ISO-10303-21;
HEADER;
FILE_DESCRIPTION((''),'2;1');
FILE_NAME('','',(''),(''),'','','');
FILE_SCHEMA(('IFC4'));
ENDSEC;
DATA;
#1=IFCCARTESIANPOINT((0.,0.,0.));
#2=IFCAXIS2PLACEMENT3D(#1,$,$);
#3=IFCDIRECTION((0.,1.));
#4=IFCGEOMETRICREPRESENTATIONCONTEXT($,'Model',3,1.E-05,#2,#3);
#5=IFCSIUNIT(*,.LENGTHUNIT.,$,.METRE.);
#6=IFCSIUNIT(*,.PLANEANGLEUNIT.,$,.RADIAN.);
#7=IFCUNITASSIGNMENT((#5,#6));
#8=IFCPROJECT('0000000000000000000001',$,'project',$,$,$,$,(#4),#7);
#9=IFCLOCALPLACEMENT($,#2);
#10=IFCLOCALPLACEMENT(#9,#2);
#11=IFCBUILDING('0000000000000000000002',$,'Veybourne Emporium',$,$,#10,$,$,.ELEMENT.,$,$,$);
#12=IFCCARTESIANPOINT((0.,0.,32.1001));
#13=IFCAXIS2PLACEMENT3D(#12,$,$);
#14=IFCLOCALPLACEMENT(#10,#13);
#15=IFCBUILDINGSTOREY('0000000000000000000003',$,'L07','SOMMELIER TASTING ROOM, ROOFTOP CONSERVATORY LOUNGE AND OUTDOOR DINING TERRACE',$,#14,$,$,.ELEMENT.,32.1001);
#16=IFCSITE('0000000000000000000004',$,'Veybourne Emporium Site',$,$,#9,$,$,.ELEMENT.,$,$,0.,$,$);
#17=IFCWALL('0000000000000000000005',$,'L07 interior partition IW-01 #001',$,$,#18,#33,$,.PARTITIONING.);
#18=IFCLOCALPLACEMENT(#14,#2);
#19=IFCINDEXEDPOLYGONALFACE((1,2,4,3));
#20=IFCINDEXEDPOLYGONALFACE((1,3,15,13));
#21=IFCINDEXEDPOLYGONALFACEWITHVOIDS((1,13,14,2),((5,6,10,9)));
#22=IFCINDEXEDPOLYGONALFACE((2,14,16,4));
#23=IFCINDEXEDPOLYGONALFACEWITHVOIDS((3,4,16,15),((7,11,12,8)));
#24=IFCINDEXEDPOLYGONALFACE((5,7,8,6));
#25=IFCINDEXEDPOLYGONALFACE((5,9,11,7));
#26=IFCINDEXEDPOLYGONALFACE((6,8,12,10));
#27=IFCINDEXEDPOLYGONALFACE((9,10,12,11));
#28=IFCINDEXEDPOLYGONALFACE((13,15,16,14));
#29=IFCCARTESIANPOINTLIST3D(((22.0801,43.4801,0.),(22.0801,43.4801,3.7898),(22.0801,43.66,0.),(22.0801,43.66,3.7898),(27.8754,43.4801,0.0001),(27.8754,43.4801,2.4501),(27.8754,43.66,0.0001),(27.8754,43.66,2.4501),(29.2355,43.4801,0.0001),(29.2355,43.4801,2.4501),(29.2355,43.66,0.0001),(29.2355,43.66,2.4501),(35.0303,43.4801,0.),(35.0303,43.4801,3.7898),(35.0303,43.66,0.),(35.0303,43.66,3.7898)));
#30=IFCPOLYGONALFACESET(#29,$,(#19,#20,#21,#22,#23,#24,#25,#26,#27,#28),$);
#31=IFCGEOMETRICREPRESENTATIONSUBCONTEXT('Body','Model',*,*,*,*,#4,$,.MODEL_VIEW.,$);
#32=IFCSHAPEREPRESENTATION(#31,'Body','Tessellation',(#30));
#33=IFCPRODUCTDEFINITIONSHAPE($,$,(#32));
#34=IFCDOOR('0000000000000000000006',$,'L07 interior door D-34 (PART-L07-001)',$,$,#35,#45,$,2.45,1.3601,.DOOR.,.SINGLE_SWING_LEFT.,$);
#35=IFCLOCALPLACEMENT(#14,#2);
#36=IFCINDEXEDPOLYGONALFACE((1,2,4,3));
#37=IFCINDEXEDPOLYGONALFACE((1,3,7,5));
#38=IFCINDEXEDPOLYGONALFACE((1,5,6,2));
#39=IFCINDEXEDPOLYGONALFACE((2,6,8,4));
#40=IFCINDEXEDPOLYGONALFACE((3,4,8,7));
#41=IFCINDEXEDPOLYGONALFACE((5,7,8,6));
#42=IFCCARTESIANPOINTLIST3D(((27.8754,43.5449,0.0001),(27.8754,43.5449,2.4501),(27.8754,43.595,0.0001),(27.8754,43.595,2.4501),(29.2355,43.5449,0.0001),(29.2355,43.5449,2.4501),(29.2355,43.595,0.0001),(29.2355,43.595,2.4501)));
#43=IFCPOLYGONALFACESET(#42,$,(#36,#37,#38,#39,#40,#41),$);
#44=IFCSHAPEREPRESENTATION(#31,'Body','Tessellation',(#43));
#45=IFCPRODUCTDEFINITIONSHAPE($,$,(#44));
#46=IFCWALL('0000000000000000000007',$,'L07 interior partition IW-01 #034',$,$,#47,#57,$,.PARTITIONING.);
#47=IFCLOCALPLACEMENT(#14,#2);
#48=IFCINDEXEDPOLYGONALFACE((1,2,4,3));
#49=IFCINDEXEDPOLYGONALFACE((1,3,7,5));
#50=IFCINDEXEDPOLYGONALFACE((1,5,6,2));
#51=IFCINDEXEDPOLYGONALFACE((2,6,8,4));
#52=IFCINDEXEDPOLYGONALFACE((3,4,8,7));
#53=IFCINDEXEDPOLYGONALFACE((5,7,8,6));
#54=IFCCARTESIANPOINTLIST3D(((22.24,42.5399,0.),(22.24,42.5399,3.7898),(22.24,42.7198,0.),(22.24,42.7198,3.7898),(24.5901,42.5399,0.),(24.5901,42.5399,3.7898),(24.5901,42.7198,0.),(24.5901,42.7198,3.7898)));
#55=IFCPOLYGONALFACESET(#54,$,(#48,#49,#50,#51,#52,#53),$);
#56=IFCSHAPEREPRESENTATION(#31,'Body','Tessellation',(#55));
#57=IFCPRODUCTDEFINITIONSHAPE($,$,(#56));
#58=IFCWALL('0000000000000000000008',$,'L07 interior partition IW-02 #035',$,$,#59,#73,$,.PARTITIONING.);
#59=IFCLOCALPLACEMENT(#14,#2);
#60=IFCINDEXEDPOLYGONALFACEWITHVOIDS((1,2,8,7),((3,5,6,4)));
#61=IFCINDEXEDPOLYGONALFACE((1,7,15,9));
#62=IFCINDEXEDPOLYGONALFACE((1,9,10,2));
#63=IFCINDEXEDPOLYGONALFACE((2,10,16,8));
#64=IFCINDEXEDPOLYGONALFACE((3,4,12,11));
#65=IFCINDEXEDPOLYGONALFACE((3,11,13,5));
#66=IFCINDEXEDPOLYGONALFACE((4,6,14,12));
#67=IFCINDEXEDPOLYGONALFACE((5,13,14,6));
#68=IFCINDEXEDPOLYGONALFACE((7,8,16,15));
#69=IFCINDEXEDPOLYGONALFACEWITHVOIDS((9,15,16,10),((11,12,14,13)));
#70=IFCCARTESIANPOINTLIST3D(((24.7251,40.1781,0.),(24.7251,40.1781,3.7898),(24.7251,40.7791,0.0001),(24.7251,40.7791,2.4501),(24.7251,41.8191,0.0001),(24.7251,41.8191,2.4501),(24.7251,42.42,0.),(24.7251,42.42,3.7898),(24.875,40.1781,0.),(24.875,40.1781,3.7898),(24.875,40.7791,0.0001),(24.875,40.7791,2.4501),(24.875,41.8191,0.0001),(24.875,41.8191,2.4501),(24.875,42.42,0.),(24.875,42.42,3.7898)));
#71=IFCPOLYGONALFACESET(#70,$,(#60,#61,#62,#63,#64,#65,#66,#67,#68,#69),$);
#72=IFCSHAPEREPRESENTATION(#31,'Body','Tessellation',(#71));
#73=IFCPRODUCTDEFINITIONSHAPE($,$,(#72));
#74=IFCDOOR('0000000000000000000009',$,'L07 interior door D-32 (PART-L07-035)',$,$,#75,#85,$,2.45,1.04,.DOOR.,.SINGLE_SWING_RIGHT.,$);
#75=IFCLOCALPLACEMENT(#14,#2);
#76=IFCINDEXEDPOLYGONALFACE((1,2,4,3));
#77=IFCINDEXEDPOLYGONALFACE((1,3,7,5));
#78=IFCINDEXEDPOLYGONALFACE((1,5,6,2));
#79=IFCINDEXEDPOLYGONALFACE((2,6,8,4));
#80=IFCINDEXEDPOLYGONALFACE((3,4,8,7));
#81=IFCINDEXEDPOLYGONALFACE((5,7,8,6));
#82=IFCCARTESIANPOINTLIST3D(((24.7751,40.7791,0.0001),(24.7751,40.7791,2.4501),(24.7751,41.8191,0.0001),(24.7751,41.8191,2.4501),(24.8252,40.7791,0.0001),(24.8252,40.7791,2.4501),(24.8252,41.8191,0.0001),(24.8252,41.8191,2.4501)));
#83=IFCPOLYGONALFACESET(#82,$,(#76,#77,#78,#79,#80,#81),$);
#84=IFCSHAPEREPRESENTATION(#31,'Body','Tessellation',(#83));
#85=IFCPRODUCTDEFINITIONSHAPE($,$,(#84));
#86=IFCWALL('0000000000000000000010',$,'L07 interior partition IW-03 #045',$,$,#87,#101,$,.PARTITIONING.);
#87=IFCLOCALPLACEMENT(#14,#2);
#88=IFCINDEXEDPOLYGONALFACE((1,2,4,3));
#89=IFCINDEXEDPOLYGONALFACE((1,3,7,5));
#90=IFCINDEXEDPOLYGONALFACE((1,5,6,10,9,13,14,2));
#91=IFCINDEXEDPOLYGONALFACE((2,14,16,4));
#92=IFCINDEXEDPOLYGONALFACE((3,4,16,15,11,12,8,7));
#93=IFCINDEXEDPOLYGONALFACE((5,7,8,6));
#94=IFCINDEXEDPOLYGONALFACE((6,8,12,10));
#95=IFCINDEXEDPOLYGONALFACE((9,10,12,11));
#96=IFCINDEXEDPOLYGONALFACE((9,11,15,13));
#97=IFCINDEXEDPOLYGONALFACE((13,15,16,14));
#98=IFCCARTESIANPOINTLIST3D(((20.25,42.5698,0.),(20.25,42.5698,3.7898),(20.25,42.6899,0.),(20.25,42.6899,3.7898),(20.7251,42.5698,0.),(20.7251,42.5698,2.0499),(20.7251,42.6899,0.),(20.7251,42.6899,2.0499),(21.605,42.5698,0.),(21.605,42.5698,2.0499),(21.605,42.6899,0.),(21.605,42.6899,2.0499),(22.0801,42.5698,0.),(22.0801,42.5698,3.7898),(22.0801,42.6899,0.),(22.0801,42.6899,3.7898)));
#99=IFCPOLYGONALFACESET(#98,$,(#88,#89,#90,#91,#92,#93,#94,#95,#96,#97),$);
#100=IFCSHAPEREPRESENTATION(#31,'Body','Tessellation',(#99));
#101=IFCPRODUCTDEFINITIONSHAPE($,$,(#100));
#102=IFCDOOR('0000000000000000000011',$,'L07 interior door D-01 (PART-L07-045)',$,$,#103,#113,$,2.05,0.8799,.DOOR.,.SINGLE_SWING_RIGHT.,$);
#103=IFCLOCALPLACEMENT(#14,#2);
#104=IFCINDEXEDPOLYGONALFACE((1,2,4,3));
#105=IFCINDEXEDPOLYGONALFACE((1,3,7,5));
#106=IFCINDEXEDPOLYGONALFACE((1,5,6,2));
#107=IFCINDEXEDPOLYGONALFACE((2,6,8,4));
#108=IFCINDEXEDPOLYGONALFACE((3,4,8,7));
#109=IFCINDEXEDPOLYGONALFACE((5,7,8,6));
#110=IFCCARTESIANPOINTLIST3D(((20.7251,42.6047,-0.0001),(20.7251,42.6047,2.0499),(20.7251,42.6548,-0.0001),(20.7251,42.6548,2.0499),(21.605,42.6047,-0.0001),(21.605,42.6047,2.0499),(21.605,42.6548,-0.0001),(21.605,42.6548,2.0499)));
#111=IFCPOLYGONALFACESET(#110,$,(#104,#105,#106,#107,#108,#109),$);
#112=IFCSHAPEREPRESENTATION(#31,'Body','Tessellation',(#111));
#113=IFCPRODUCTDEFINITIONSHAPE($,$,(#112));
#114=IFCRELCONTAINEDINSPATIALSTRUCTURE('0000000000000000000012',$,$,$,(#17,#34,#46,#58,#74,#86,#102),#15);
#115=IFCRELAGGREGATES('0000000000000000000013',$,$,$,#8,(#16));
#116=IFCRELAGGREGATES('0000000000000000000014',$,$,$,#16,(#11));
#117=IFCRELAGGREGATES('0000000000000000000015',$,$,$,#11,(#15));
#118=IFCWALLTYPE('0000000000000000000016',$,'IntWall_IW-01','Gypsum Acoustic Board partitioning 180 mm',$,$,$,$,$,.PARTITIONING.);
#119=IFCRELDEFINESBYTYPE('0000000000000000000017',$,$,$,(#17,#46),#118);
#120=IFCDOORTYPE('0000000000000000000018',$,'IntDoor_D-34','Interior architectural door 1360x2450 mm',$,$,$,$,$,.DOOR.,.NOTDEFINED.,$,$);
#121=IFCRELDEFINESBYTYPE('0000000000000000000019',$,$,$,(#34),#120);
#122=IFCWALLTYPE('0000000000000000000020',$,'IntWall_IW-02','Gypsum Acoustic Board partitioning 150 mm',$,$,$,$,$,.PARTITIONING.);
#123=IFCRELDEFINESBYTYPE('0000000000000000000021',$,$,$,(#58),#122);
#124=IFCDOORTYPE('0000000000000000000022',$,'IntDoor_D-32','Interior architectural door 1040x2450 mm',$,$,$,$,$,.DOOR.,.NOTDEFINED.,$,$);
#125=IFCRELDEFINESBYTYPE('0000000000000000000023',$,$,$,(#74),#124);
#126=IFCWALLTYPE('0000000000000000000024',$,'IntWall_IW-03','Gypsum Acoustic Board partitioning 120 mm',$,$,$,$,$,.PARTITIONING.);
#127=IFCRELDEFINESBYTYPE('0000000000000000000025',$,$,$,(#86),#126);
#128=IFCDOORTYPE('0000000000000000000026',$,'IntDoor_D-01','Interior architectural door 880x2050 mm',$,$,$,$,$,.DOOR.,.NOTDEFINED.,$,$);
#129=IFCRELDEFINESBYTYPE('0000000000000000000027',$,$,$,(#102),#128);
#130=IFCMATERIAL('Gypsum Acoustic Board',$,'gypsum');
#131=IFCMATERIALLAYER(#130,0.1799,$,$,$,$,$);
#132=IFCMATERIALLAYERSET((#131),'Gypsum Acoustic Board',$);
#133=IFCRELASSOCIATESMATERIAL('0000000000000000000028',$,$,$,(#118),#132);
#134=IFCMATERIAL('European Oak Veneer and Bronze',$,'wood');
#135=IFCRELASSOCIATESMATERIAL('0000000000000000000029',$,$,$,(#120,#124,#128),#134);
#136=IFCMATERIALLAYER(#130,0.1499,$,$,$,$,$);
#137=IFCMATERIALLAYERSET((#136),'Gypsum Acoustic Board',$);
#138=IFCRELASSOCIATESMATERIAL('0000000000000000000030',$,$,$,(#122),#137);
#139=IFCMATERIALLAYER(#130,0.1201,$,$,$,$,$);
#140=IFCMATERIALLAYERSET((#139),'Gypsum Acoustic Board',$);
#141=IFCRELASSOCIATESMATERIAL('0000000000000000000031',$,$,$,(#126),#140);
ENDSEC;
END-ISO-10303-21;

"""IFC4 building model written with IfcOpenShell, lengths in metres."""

from ifc_helpers import new_model, si_unit, direction, frame, frame_2d, origin, place, context, subcontext, project, spatial, rectangle, extrude, material, layer, layer_set, type_object, element, fill, save


model = new_model("IFC4")

# Units and contexts
model_context = context("Model", 3, precision=1e-05, world=origin(), true_north=direction((0.0, 1.0)))
body_context = subcontext(model_context, "Body", "Model", "MODEL_VIEW")
ifc_project = project(units=[si_unit("LENGTHUNIT", "METRE"), si_unit("PLANEANGLEUNIT", "RADIAN")], contexts=[model_context])

# Site, building, storey
site_placement = place(None, origin())
site = spatial("IfcSite", under=ifc_project, at=site_placement, Name="Veybourne Emporium Site", CompositionType="ELEMENT", RefElevation=0.0)
building_placement = place(site_placement, origin())
building = spatial("IfcBuilding", under=site, at=building_placement, Name="Veybourne Emporium", CompositionType="ELEMENT")
storey_placement = place(building_placement, frame((0.0, 0.0, 32.1001)))
storey = spatial("IfcBuildingStorey", under=building, at=storey_placement, Name="L07", Description="SOMMELIER TASTING ROOM, ROOFTOP CONSERVATORY LOUNGE AND OUTDOOR DINING TERRACE", CompositionType="ELEMENT", Elevation=32.1001)

# Wall, opening, door
ifc_material_1 = material(Name="Gypsum Acoustic Board", Category="gypsum")
ifc_layer_1 = layer(ifc_material_1, 0.1799)
ifc_layer_set_1 = layer_set([ifc_layer_1], Name="Gypsum Acoustic Board")
wall_type_1 = type_object("IfcWallType", Name="IntWall_IW-01", Description="Gypsum Acoustic Board partitioning 180 mm", PredefinedType="PARTITIONING", material=ifc_layer_set_1)
wall_1_placement = place(storey_placement, frame((22.0801, 43.5701, 0.0), z_axis=(0.0, 0.0, 1.0), x_axis=(1.0, 0.0, 0.0)))
wall_1 = element("IfcWall", 1, at=wall_1_placement, inside=storey, type_object=wall_type_1, Name="L07 interior partition IW-01 #001", PredefinedType="PARTITIONING", context=body_context, shape_type="SweptSolid", body=[
    extrude(rectangle(XDim=12.9502, YDim=0.1799, at=frame_2d((6.4751, 0.0))), origin(), (0.0, 0.0, 1.0), 3.7898),
])
opening_1_placement = place(wall_1_placement, frame((5.7952, 0.0, 0.0)))
opening_1 = element("IfcOpeningElement", 2, at=opening_1_placement, cuts=wall_1, PredefinedType="OPENING", context=body_context, shape_type="SweptSolid", body=[
    extrude(rectangle(XDim=1.3601, YDim=2.45, at=frame_2d((0.6802, 1.2251))), frame((0.0, 0.1099, 0.0), z_axis=(0.0, -1.0, 0.0), x_axis=(1.0, 0.0, 0.0)), (0.0, 0.0, 1.0), 0.22),
])
ifc_material_2 = material(Name="European Oak Veneer and Bronze", Category="wood")
door_type_1 = type_object("IfcDoorType", Name="IntDoor_D-34", Description="Interior architectural door 1360x2450 mm", OperationType="NOTDEFINED", PredefinedType="DOOR", material=ifc_material_2)
door_1_placement = place(opening_1_placement, origin())
door_1 = element("IfcDoor", 3, at=door_1_placement, inside=storey, type_object=door_type_1, Name="L07 interior door D-34 (PART-L07-001)", OperationType="SINGLE_SWING_LEFT", OverallHeight=2.45, OverallWidth=1.3601, PredefinedType="DOOR", context=body_context, shape_type="SweptSolid", body=[
    extrude(rectangle(XDim=1.3601, YDim=2.45, at=frame_2d((0.6802, 1.2251))), frame((0.0, 0.0249, 0.0), z_axis=(0.0, -1.0, 0.0), x_axis=(1.0, 0.0, 0.0)), (0.0, 0.0, 1.0), 0.05),
])
fill(opening_1, door_1)

# Wall
wall_2_placement = place(storey_placement, frame((22.24, 42.6299, 0.0), z_axis=(0.0, 0.0, 1.0), x_axis=(1.0, 0.0, 0.0)))
element("IfcWall", 4, at=wall_2_placement, inside=storey, type_object=wall_type_1, Name="L07 interior partition IW-01 #034", PredefinedType="PARTITIONING", context=body_context, shape_type="SweptSolid", body=[
    extrude(rectangle(XDim=2.3501, YDim=0.1799, at=frame_2d((1.175, 0.0))), origin(), (0.0, 0.0, 1.0), 3.7898),
])

# Walls, openings, doors
ifc_layer_2 = layer(ifc_material_1, 0.1499)
ifc_layer_set_2 = layer_set([ifc_layer_2], Name="Gypsum Acoustic Board")
wall_type_2 = type_object("IfcWallType", Name="IntWall_IW-02", Description="Gypsum Acoustic Board partitioning 150 mm", PredefinedType="PARTITIONING", material=ifc_layer_set_2)
wall_3_placement = place(storey_placement, frame((24.8, 40.178, 0.0), z_axis=(0.0, 0.0, 1.0), x_axis=(0.0, 1.0, 0.0)))
wall_3 = element("IfcWall", 5, at=wall_3_placement, inside=storey, type_object=wall_type_2, Name="L07 interior partition IW-02 #035", PredefinedType="PARTITIONING", context=body_context, shape_type="SweptSolid", body=[
    extrude(rectangle(XDim=2.2419, YDim=0.1499, at=frame_2d((1.1211, 0.0))), origin(), (0.0, 0.0, 1.0), 3.7898),
])
opening_2_placement = place(wall_3_placement, frame((0.6011, 0.0, 0.0)))
opening_2 = element("IfcOpeningElement", 6, at=opening_2_placement, cuts=wall_3, PredefinedType="OPENING", context=body_context, shape_type="SweptSolid", body=[
    extrude(rectangle(XDim=1.04, YDim=2.45, at=frame_2d((0.52, 1.2251))), frame((0.0, 0.095, 0.0), z_axis=(0.0, -1.0, 0.0), x_axis=(1.0, 0.0, 0.0)), (0.0, 0.0, 1.0), 0.1899),
])
door_type_2 = type_object("IfcDoorType", Name="IntDoor_D-32", Description="Interior architectural door 1040x2450 mm", OperationType="NOTDEFINED", PredefinedType="DOOR", material=ifc_material_2)
door_2_placement = place(opening_2_placement, origin())
door_2 = element("IfcDoor", 7, at=door_2_placement, inside=storey, type_object=door_type_2, Name="L07 interior door D-32 (PART-L07-035)", OperationType="SINGLE_SWING_RIGHT", OverallHeight=2.45, OverallWidth=1.04, PredefinedType="DOOR", context=body_context, shape_type="SweptSolid", body=[
    extrude(rectangle(XDim=1.04, YDim=2.45, at=frame_2d((0.52, 1.2251))), frame((0.0, 0.0249, 0.0), z_axis=(0.0, -1.0, 0.0), x_axis=(1.0, 0.0, 0.0)), (0.0, 0.0, 1.0), 0.05),
])
fill(opening_2, door_2)
ifc_layer_3 = layer(ifc_material_1, 0.1201)
ifc_layer_set_3 = layer_set([ifc_layer_3], Name="Gypsum Acoustic Board")
wall_type_3 = type_object("IfcWallType", Name="IntWall_IW-03", Description="Gypsum Acoustic Board partitioning 120 mm", PredefinedType="PARTITIONING", material=ifc_layer_set_3)
wall_4_placement = place(storey_placement, frame((20.25, 42.6299, 0.0), z_axis=(0.0, 0.0, 1.0), x_axis=(1.0, 0.0, 0.0)))
wall_4 = element("IfcWall", 8, at=wall_4_placement, inside=storey, type_object=wall_type_3, Name="L07 interior partition IW-03 #045", PredefinedType="PARTITIONING", context=body_context, shape_type="SweptSolid", body=[
    extrude(rectangle(XDim=1.8301, YDim=0.1201, at=frame_2d((0.915, 0.0))), origin(), (0.0, 0.0, 1.0), 3.7898),
])
opening_3_placement = place(wall_4_placement, frame((0.4751, 0.0, 0.0)))
opening_3 = element("IfcOpeningElement", 9, at=opening_3_placement, cuts=wall_4, PredefinedType="OPENING", context=body_context, shape_type="SweptSolid", body=[
    extrude(rectangle(XDim=0.8799, YDim=2.05, at=frame_2d((0.4399, 1.0249))), frame((0.0, 0.0801, 0.0), z_axis=(0.0, -1.0, 0.0), x_axis=(1.0, 0.0, 0.0)), (0.0, 0.0, 1.0), 0.1602),
])
door_type_3 = type_object("IfcDoorType", Name="IntDoor_D-01", Description="Interior architectural door 880x2050 mm", OperationType="NOTDEFINED", PredefinedType="DOOR", material=ifc_material_2)
door_3_placement = place(opening_3_placement, origin())
door_3 = element("IfcDoor", 10, at=door_3_placement, inside=storey, type_object=door_type_3, Name="L07 interior door D-01 (PART-L07-045)", OperationType="SINGLE_SWING_RIGHT", OverallHeight=2.05, OverallWidth=0.8799, PredefinedType="DOOR", context=body_context, shape_type="SweptSolid", body=[
    extrude(rectangle(XDim=0.8799, YDim=2.05, at=frame_2d((0.4399, 1.0249))), frame((0.0, 0.0249, 0.0), z_axis=(0.0, -1.0, 0.0), x_axis=(1.0, 0.0, 0.0)), (0.0, 0.0, 1.0), 0.05),
])
fill(opening_3, door_3)

save(model, "model.ifc")
